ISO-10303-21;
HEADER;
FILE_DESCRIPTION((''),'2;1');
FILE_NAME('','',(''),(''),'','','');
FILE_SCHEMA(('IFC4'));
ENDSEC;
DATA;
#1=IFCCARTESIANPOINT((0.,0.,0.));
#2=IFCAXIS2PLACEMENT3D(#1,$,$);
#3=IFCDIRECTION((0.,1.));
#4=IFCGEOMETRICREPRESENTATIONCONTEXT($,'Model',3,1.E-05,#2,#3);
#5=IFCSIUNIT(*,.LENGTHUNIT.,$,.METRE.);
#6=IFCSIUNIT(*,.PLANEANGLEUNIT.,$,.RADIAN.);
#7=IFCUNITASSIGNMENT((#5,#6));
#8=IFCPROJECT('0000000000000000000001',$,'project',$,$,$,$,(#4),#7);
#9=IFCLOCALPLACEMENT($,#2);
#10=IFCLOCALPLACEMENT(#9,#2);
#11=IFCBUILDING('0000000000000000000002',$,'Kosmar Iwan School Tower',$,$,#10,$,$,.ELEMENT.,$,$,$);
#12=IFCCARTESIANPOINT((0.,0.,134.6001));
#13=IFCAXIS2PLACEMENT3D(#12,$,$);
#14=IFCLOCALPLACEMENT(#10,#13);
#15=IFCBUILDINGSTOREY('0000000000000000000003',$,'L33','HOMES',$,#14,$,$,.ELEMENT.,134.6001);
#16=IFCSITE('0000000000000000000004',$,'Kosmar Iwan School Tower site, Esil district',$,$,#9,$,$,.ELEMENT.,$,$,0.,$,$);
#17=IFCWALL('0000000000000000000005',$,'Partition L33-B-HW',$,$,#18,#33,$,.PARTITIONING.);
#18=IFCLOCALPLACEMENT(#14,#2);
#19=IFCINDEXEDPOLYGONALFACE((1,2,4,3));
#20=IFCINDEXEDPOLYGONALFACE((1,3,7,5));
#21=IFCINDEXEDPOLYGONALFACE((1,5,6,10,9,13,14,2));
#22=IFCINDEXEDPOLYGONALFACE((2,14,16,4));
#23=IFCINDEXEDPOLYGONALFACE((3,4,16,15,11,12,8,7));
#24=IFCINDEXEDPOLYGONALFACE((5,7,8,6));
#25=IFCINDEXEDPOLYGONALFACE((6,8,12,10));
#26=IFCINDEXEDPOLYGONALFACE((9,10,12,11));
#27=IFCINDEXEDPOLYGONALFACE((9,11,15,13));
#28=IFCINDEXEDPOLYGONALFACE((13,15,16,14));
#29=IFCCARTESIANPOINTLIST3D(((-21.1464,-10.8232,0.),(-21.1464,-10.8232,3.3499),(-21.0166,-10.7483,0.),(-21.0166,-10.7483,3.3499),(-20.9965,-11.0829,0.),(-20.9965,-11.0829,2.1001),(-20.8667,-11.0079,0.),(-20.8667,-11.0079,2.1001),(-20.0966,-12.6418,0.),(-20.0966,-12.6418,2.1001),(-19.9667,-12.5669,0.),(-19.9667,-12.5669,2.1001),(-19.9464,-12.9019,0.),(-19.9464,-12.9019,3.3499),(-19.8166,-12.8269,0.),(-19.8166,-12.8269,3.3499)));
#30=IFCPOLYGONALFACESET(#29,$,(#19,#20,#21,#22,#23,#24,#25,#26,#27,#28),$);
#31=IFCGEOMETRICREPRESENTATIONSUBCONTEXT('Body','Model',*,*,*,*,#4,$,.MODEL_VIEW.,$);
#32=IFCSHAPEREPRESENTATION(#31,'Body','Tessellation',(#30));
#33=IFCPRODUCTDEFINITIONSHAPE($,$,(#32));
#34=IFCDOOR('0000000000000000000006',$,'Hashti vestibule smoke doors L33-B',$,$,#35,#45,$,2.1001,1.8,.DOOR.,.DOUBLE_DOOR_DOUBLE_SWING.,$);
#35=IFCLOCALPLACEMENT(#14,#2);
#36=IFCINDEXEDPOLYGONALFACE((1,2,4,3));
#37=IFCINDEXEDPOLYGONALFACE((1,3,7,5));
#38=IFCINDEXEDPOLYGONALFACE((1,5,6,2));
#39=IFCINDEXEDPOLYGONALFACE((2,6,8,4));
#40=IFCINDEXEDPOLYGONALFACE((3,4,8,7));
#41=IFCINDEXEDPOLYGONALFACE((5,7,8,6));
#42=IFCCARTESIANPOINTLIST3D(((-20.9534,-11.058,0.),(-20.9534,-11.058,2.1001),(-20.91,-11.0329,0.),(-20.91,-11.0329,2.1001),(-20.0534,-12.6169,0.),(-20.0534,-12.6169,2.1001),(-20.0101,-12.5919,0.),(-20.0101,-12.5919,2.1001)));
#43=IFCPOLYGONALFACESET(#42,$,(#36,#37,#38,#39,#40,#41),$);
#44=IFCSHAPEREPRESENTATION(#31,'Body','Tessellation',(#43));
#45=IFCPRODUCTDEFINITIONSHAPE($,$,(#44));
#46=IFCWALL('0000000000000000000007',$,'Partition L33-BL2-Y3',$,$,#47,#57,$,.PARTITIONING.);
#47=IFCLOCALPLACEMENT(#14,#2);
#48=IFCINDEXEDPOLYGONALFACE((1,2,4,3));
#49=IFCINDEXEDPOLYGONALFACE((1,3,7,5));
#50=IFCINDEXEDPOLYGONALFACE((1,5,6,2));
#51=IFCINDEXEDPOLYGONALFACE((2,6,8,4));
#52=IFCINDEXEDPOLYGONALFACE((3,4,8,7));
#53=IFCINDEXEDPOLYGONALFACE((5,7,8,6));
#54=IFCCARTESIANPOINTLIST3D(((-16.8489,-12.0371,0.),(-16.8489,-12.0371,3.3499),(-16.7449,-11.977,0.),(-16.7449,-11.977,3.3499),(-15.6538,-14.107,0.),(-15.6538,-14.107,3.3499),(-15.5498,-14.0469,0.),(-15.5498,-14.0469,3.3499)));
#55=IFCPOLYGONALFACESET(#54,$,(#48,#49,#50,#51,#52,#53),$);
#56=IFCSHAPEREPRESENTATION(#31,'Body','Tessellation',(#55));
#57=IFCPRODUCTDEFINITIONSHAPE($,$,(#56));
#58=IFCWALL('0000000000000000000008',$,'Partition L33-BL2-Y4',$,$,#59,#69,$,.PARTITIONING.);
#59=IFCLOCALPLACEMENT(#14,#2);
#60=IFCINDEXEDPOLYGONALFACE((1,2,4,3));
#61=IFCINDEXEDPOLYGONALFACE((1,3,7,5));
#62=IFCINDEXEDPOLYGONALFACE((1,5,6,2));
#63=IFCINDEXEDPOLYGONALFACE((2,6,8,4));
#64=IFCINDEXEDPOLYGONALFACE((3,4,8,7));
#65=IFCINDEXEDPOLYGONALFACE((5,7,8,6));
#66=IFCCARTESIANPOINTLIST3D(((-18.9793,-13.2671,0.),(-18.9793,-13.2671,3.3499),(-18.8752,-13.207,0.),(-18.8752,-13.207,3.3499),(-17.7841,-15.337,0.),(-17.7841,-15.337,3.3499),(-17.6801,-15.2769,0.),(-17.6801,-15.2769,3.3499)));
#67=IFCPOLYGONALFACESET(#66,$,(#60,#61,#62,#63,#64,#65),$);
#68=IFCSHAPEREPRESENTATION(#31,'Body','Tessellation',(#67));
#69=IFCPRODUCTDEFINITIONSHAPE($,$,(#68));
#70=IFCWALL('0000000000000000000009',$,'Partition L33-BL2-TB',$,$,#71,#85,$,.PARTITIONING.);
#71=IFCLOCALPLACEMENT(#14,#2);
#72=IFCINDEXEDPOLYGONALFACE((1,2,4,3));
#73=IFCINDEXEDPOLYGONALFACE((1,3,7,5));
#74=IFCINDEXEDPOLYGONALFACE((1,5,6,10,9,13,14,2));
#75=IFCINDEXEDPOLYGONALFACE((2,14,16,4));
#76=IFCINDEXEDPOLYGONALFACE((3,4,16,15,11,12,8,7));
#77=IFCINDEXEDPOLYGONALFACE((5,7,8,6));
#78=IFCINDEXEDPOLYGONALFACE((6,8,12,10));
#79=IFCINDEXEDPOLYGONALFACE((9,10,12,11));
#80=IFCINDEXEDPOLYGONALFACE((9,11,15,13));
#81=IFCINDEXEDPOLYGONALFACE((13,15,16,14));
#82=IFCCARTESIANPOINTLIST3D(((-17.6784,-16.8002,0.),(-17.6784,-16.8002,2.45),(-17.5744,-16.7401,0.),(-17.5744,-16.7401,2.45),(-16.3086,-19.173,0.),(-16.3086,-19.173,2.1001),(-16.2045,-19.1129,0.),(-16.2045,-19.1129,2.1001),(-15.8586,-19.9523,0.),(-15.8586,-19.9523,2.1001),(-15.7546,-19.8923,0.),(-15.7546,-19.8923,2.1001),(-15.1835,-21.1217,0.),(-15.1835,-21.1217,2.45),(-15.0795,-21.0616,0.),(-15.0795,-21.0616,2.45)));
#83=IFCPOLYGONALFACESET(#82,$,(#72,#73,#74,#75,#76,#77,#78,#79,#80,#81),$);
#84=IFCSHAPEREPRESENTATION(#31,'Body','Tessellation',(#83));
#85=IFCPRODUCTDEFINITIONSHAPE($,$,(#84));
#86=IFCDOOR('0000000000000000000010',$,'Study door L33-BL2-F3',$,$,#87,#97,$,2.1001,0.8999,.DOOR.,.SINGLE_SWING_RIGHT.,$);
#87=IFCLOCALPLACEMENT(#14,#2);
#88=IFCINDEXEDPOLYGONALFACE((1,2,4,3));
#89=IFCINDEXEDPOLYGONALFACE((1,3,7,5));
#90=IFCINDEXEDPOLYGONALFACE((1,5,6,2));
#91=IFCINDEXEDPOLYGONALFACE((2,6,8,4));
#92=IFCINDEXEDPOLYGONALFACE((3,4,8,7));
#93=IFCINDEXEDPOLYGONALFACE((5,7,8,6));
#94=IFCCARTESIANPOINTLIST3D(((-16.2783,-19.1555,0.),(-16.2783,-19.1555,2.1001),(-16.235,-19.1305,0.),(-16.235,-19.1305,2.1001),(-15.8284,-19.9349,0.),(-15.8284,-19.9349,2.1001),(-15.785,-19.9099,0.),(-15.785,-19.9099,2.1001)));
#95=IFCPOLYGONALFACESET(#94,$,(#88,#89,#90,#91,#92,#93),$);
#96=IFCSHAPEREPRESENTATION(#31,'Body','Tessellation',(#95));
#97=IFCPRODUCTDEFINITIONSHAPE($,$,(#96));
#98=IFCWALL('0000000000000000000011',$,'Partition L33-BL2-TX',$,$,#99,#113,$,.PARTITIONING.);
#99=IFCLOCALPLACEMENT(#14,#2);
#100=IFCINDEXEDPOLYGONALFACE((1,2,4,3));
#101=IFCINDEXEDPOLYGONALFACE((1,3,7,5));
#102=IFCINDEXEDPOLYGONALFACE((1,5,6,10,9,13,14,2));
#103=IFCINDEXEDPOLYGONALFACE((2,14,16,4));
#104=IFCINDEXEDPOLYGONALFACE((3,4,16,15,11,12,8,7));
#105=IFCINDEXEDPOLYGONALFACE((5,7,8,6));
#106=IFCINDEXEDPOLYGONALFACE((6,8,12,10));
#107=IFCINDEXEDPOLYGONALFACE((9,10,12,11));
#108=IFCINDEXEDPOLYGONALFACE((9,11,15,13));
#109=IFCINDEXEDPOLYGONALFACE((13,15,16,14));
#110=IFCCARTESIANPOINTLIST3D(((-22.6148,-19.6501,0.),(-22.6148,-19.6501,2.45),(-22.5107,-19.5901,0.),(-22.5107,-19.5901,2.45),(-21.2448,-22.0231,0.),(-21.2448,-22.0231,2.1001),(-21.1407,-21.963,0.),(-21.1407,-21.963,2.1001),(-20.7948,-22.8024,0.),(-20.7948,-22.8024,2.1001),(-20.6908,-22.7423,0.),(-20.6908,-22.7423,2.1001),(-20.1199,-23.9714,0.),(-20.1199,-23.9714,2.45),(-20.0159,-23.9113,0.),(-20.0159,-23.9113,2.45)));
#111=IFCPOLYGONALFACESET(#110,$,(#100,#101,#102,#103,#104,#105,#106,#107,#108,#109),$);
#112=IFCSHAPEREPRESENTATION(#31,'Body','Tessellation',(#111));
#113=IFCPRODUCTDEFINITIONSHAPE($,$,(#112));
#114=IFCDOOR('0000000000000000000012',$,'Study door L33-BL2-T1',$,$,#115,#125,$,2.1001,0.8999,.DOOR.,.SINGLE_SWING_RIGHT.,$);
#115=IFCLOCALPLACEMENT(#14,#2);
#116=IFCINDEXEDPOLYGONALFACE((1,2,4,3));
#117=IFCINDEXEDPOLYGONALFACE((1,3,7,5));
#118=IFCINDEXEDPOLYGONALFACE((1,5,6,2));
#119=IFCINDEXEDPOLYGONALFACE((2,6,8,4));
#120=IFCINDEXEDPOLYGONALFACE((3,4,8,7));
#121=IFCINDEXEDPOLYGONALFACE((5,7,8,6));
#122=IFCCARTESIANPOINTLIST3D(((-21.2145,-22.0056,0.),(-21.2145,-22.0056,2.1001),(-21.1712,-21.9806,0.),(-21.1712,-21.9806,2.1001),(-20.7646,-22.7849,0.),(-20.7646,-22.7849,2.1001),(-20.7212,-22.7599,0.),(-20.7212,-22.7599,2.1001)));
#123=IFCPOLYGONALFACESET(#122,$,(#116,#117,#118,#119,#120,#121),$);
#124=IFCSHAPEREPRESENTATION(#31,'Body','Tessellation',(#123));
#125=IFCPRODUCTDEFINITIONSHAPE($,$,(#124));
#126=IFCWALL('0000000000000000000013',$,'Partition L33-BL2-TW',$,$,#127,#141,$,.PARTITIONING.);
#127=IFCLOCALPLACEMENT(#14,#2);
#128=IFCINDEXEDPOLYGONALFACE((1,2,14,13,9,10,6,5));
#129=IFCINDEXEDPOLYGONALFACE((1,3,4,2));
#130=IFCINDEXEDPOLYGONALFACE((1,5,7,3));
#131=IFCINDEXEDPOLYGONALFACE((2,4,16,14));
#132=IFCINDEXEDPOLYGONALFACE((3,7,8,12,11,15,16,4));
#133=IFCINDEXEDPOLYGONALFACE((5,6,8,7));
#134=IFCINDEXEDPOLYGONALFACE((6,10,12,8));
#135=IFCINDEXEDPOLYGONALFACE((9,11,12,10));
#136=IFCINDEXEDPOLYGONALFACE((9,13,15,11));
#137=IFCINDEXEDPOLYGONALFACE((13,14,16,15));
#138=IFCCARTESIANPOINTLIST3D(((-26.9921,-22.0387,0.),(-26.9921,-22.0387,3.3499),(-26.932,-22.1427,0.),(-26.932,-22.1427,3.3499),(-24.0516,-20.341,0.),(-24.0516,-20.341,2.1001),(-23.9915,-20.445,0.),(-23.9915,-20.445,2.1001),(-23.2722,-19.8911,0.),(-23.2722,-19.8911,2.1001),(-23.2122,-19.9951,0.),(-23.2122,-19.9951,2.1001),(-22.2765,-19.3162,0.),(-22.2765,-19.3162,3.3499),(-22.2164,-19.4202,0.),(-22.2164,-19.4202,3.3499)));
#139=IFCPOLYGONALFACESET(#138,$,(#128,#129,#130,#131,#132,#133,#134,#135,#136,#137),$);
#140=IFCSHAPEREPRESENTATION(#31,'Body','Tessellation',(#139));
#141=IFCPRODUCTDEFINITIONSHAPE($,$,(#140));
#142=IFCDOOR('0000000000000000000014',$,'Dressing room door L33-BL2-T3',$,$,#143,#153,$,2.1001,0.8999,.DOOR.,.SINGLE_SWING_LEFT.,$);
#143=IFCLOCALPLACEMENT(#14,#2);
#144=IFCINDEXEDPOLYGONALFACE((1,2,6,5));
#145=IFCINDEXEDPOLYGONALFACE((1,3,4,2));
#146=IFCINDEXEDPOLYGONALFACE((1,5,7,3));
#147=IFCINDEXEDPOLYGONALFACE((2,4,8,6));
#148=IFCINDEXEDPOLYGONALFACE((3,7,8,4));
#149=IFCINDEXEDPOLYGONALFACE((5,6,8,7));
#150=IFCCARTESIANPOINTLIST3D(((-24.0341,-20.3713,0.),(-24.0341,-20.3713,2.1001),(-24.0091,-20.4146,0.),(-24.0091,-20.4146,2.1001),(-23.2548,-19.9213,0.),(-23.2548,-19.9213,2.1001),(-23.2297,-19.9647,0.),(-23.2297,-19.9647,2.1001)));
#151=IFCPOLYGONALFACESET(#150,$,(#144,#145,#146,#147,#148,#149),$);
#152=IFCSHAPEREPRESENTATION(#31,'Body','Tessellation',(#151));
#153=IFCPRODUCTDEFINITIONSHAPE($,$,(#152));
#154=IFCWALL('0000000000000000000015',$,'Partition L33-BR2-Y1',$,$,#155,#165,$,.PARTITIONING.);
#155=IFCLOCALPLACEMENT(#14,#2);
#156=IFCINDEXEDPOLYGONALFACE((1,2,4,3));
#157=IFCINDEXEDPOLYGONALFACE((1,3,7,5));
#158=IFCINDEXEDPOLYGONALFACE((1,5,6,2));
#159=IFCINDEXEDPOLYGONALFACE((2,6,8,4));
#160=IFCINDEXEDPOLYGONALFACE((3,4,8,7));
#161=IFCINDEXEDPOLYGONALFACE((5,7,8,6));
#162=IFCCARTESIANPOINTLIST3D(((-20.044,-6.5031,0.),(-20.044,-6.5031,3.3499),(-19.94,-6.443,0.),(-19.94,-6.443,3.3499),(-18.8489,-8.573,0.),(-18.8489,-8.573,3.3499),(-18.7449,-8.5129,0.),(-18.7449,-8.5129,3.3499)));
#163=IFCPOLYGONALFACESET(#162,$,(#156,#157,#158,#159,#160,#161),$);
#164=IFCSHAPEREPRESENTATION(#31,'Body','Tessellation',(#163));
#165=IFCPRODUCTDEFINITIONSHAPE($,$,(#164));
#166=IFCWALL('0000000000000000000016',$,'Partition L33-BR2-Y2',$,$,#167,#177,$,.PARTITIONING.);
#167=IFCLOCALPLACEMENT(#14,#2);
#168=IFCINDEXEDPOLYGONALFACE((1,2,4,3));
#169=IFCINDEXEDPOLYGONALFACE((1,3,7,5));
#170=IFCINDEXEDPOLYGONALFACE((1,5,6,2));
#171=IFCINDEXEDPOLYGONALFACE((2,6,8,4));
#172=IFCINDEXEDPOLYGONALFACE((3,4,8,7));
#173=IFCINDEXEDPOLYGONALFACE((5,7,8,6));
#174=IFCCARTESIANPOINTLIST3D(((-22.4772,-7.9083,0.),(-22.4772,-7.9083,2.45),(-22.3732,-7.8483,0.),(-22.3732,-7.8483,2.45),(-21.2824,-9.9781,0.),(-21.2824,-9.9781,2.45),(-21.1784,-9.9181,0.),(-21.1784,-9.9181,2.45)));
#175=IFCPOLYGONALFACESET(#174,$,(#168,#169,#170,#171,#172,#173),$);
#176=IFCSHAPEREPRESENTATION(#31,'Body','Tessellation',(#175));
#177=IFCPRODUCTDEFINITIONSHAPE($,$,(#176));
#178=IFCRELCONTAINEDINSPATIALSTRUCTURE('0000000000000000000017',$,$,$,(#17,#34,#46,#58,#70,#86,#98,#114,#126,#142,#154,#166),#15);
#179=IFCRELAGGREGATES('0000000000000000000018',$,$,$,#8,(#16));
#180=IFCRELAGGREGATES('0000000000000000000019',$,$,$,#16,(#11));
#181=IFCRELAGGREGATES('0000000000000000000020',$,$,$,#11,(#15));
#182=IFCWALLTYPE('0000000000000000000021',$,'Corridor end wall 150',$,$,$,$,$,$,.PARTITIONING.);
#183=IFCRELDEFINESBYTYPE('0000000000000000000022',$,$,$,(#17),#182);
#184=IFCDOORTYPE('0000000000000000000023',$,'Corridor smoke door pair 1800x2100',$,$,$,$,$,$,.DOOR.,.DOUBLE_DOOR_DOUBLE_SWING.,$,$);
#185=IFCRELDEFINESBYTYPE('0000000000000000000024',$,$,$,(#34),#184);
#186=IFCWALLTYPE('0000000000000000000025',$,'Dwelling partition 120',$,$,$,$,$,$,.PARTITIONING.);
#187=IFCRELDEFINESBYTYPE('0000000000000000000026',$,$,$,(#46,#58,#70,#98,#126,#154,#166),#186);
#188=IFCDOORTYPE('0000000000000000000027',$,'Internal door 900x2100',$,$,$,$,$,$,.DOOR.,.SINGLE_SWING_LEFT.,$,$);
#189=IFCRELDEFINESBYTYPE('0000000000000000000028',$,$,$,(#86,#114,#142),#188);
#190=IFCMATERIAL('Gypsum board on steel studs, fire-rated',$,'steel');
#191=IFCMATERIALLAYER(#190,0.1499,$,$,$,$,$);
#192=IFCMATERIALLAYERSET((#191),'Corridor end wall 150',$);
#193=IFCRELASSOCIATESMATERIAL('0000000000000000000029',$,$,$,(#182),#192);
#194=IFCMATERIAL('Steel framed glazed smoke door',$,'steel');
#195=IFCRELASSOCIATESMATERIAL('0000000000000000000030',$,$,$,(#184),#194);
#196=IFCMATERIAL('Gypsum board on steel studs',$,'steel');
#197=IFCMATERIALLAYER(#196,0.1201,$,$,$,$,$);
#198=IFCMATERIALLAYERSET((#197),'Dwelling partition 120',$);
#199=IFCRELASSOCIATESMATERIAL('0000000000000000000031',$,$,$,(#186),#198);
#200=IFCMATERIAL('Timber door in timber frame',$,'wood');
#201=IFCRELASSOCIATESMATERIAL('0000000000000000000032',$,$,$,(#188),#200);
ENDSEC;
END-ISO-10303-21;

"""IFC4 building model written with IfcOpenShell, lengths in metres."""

from ifc_helpers import new_model, si_unit, direction, frame, frame_2d, origin, place, context, subcontext, project, spatial, rectangle, extrude, material, layer, layer_set, type_object, element, fill, save


model = new_model("IFC4")

# Units and contexts
model_context = context("Model", 3, precision=1e-05, world=origin(), true_north=direction((0.0, 1.0)))
body_context = subcontext(model_context, "Body", "Model", "MODEL_VIEW")
ifc_project = project(units=[si_unit("LENGTHUNIT", "METRE"), si_unit("PLANEANGLEUNIT", "RADIAN")], contexts=[model_context])

# Site, building, storey
site_placement = place(None, origin())
site = spatial("IfcSite", under=ifc_project, at=site_placement, Name="Kosmar Iwan School Tower site, Esil district", CompositionType="ELEMENT", RefElevation=0.0)
building_placement = place(site_placement, origin())
building = spatial("IfcBuilding", under=site, at=building_placement, Name="Kosmar Iwan School Tower", CompositionType="ELEMENT")
storey_placement = place(building_placement, frame((0.0, 0.0, 134.6001)))
storey = spatial("IfcBuildingStorey", under=building, at=storey_placement, Name="L33", Description="HOMES", CompositionType="ELEMENT", Elevation=134.6001)

# Wall, opening, door
ifc_material_1 = material(Name="Gypsum board on steel studs, fire-rated", Category="steel")
ifc_layer_1 = layer(ifc_material_1, 0.1499)
ifc_layer_set_1 = layer_set([ifc_layer_1], Name="Corridor end wall 150")
wall_type_1 = type_object("IfcWallType", Name="Corridor end wall 150", PredefinedType="PARTITIONING", material=ifc_layer_set_1)
wall_1_placement = place(storey_placement, frame((-21.0815, -10.7856, 0.0), z_axis=(0.0, 0.0, 1.0), x_axis=(0.499957, -0.86605, 0.0)))
wall_1 = element("IfcWall", 1, at=wall_1_placement, inside=storey, type_object=wall_type_1, Name="Partition L33-B-HW", PredefinedType="PARTITIONING", context=body_context, shape_type="SweptSolid", body=[
    extrude(rectangle(XDim=2.4001, YDim=0.1499, at=frame_2d((1.2002, 0.0))), origin(), (0.0, 0.0, 1.0), 3.3499),
])
opening_1_placement = place(wall_1_placement, frame((0.3, 0.0, 0.0)))
opening_1 = element("IfcOpeningElement", 2, at=opening_1_placement, cuts=wall_1, PredefinedType="OPENING", context=body_context, shape_type="SweptSolid", body=[
    extrude(rectangle(XDim=1.8, YDim=2.1001, at=frame_2d((0.8999, 1.05))), frame((0.0, 0.0869, 0.0), z_axis=(0.0, -1.0, 0.0), x_axis=(1.0, 0.0, 0.0)), (0.0, 0.0, 1.0), 0.1738),
])
ifc_material_2 = material(Name="Steel framed glazed smoke door", Category="steel")
door_type_1 = type_object("IfcDoorType", Name="Corridor smoke door pair 1800x2100", OperationType="DOUBLE_DOOR_DOUBLE_SWING", PredefinedType="DOOR", material=ifc_material_2)
door_1_placement = place(opening_1_placement, origin())
door_1 = element("IfcDoor", 3, at=door_1_placement, inside=storey, type_object=door_type_1, Name="Hashti vestibule smoke doors L33-B", OperationType="DOUBLE_DOOR_DOUBLE_SWING", OverallHeight=2.1001, OverallWidth=1.8, PredefinedType="DOOR", context=body_context, shape_type="SweptSolid", body=[
    extrude(rectangle(XDim=1.8, YDim=2.1001, at=frame_2d((0.8999, 1.05))), frame((0.0, 0.0249, 0.0), z_axis=(0.0, -1.0, 0.0), x_axis=(1.0, 0.0, 0.0)), (0.0, 0.0, 1.0), 0.05),
])
fill(opening_1, door_1)

# Walls
ifc_material_3 = material(Name="Gypsum board on steel studs", Category="steel")
ifc_layer_2 = layer(ifc_material_3, 0.1201)
ifc_layer_set_2 = layer_set([ifc_layer_2], Name="Dwelling partition 120")
wall_type_2 = type_object("IfcWallType", Name="Dwelling partition 120", PredefinedType="PARTITIONING", material=ifc_layer_set_2)
for number, where, z_axis, x_axis, name in (
    (4, (-16.7969, -12.0071, 0.0), (0.0, 0.0, 1.0), (0.500017, -0.866015, 0.0), "Partition L33-BL2-Y3"),
    (5, (-18.9272, -13.2371, 0.0), (0.0, 0.0, 1.0), (0.500017, -0.866015, 0.0), "Partition L33-BL2-Y4"),
):
    element("IfcWall", number, at=place(storey_placement, frame(where, z_axis=z_axis, x_axis=x_axis)), inside=storey, type_object=wall_type_2, Name=name, PredefinedType="PARTITIONING", context=body_context, shape_type="SweptSolid", body=[
        extrude(rectangle(XDim=2.3901, YDim=0.1201, at=frame_2d((1.1951, 0.0))), origin(), (0.0, 0.0, 1.0), 3.3499),
    ])

# Walls, openings, doors
wall_2_placement = place(storey_placement, frame((-17.6265, -16.77, 0.0), z_axis=(0.0, 0.0, 1.0), x_axis=(0.499975, -0.86604, 0.0)))
wall_2 = element("IfcWall", 6, at=wall_2_placement, inside=storey, type_object=wall_type_2, Name="Partition L33-BL2-TB", PredefinedType="PARTITIONING", context=body_context, shape_type="SweptSolid", body=[
    extrude(rectangle(XDim=4.99, YDim=0.1201, at=frame_2d((2.4951, 0.0))), origin(), (0.0, 0.0, 1.0), 2.45),
])
opening_2_placement = place(wall_2_placement, frame((2.74, 0.0, 0.0)))
opening_2 = element("IfcOpeningElement", 7, at=opening_2_placement, cuts=wall_2, PredefinedType="OPENING", context=body_context, shape_type="SweptSolid", body=[
    extrude(rectangle(XDim=0.8999, YDim=2.1001, at=frame_2d((0.45, 1.05))), frame((0.0, 0.072, 0.0), z_axis=(0.0, -1.0, 0.0), x_axis=(1.0, 0.0, 0.0)), (0.0, 0.0, 1.0), 0.144),
])
ifc_material_4 = material(Name="Timber door in timber frame", Category="wood")
door_type_2 = type_object("IfcDoorType", Name="Internal door 900x2100", OperationType="SINGLE_SWING_LEFT", PredefinedType="DOOR", material=ifc_material_4)
door_2_placement = place(opening_2_placement, origin())
door_2 = element("IfcDoor", 8, at=door_2_placement, inside=storey, type_object=door_type_2, Name="Study door L33-BL2-F3", OperationType="SINGLE_SWING_RIGHT", OverallHeight=2.1001, OverallWidth=0.8999, PredefinedType="DOOR", context=body_context, shape_type="SweptSolid", body=[
    extrude(rectangle(XDim=0.8999, YDim=2.1001, at=frame_2d((0.45, 1.05))), frame((0.0, 0.0249, 0.0), z_axis=(0.0, -1.0, 0.0), x_axis=(1.0, 0.0, 0.0)), (0.0, 0.0, 1.0), 0.05),
])
fill(opening_2, door_2)
wall_3_placement = place(storey_placement, frame((-22.5627, -19.6201, 0.0), z_axis=(0.0, 0.0, 1.0), x_axis=(0.499996, -0.866028, 0.0)))
wall_3 = element("IfcWall", 9, at=wall_3_placement, inside=storey, type_object=wall_type_2, Name="Partition L33-BL2-TX", PredefinedType="PARTITIONING", context=body_context, shape_type="SweptSolid", body=[
    extrude(rectangle(XDim=4.9897, YDim=0.1201, at=frame_2d((2.4949, 0.0))), origin(), (0.0, 0.0, 1.0), 2.45),
])
opening_3_placement = place(wall_3_placement, frame((2.74, 0.0, 0.0)))
opening_3 = element("IfcOpeningElement", 10, at=opening_3_placement, cuts=wall_3, PredefinedType="OPENING", context=body_context, shape_type="SweptSolid", body=[
    extrude(rectangle(XDim=0.8999, YDim=2.1001, at=frame_2d((0.45, 1.05))), frame((0.0, 0.072, 0.0), z_axis=(0.0, -1.0, 0.0), x_axis=(1.0, 0.0, 0.0)), (0.0, 0.0, 1.0), 0.144),
])
door_3_placement = place(opening_3_placement, origin())
door_3 = element("IfcDoor", 11, at=door_3_placement, inside=storey, type_object=door_type_2, Name="Study door L33-BL2-T1", OperationType="SINGLE_SWING_RIGHT", OverallHeight=2.1001, OverallWidth=0.8999, PredefinedType="DOOR", context=body_context, shape_type="SweptSolid", body=[
    extrude(rectangle(XDim=0.8999, YDim=2.1001, at=frame_2d((0.45, 1.05))), frame((0.0, 0.0249, 0.0), z_axis=(0.0, -1.0, 0.0), x_axis=(1.0, 0.0, 0.0)), (0.0, 0.0, 1.0), 0.05),
])
fill(opening_3, door_3)
wall_4_placement = place(storey_placement, frame((-22.2463, -19.3682, 0.0), z_axis=(0.0, 0.0, 1.0), x_axis=(-0.866036, -0.499982, 0.0)))
wall_4 = element("IfcWall", 12, at=wall_4_placement, inside=storey, type_object=wall_type_2, Name="Partition L33-BL2-TW", PredefinedType="PARTITIONING", context=body_context, shape_type="SweptSolid", body=[
    extrude(rectangle(XDim=5.4451, YDim=0.1201, at=frame_2d((2.7227, 0.0))), origin(), (0.0, 0.0, 1.0), 3.3499),
])
opening_4_placement = place(wall_4_placement, frame((1.1499, 0.0, 0.0)))
opening_4 = element("IfcOpeningElement", 13, at=opening_4_placement, cuts=wall_4, PredefinedType="OPENING", context=body_context, shape_type="SweptSolid", body=[
    extrude(rectangle(XDim=0.8999, YDim=2.1001, at=frame_2d((0.45, 1.05))), frame((0.0, 0.072, 0.0), z_axis=(0.0, -1.0, 0.0), x_axis=(1.0, 0.0, 0.0)), (0.0, 0.0, 1.0), 0.144),
])
door_4_placement = place(opening_4_placement, origin())
door_4 = element("IfcDoor", 14, at=door_4_placement, inside=storey, type_object=door_type_2, Name="Dressing room door L33-BL2-T3", OperationType="SINGLE_SWING_LEFT", OverallHeight=2.1001, OverallWidth=0.8999, PredefinedType="DOOR", context=body_context, shape_type="SweptSolid", body=[
    extrude(rectangle(XDim=0.8999, YDim=2.1001, at=frame_2d((0.45, 1.05))), frame((0.0, 0.0249, 0.0), z_axis=(0.0, -1.0, 0.0), x_axis=(1.0, 0.0, 0.0)), (0.0, 0.0, 1.0), 0.05),
])
fill(opening_4, door_4)

# Walls
wall_5_placement = place(storey_placement, frame((-18.7969, -8.543, 0.0), z_axis=(0.0, 0.0, 1.0), x_axis=(-0.500017, 0.866015, 0.0)))
element("IfcWall", 15, at=wall_5_placement, inside=storey, type_object=wall_type_2, Name="Partition L33-BR2-Y1", PredefinedType="PARTITIONING", context=body_context, shape_type="SweptSolid", body=[
    extrude(rectangle(XDim=2.3901, YDim=0.1201, at=frame_2d((1.1951, 0.0))), origin(), (0.0, 0.0, 1.0), 3.3499),
])
wall_6_placement = place(storey_placement, frame((-21.2305, -9.948, 0.0), z_axis=(0.0, 0.0, 1.0), x_axis=(-0.499941, 0.86606, 0.0)))
element("IfcWall", 16, at=wall_6_placement, inside=storey, type_object=wall_type_2, Name="Partition L33-BR2-Y2", PredefinedType="PARTITIONING", context=body_context, shape_type="SweptSolid", body=[
    extrude(rectangle(XDim=2.3899, YDim=0.1201, at=frame_2d((1.1948, 0.0))), origin(), (0.0, 0.0, 1.0), 2.45),
])

save(model, "model.ifc")
